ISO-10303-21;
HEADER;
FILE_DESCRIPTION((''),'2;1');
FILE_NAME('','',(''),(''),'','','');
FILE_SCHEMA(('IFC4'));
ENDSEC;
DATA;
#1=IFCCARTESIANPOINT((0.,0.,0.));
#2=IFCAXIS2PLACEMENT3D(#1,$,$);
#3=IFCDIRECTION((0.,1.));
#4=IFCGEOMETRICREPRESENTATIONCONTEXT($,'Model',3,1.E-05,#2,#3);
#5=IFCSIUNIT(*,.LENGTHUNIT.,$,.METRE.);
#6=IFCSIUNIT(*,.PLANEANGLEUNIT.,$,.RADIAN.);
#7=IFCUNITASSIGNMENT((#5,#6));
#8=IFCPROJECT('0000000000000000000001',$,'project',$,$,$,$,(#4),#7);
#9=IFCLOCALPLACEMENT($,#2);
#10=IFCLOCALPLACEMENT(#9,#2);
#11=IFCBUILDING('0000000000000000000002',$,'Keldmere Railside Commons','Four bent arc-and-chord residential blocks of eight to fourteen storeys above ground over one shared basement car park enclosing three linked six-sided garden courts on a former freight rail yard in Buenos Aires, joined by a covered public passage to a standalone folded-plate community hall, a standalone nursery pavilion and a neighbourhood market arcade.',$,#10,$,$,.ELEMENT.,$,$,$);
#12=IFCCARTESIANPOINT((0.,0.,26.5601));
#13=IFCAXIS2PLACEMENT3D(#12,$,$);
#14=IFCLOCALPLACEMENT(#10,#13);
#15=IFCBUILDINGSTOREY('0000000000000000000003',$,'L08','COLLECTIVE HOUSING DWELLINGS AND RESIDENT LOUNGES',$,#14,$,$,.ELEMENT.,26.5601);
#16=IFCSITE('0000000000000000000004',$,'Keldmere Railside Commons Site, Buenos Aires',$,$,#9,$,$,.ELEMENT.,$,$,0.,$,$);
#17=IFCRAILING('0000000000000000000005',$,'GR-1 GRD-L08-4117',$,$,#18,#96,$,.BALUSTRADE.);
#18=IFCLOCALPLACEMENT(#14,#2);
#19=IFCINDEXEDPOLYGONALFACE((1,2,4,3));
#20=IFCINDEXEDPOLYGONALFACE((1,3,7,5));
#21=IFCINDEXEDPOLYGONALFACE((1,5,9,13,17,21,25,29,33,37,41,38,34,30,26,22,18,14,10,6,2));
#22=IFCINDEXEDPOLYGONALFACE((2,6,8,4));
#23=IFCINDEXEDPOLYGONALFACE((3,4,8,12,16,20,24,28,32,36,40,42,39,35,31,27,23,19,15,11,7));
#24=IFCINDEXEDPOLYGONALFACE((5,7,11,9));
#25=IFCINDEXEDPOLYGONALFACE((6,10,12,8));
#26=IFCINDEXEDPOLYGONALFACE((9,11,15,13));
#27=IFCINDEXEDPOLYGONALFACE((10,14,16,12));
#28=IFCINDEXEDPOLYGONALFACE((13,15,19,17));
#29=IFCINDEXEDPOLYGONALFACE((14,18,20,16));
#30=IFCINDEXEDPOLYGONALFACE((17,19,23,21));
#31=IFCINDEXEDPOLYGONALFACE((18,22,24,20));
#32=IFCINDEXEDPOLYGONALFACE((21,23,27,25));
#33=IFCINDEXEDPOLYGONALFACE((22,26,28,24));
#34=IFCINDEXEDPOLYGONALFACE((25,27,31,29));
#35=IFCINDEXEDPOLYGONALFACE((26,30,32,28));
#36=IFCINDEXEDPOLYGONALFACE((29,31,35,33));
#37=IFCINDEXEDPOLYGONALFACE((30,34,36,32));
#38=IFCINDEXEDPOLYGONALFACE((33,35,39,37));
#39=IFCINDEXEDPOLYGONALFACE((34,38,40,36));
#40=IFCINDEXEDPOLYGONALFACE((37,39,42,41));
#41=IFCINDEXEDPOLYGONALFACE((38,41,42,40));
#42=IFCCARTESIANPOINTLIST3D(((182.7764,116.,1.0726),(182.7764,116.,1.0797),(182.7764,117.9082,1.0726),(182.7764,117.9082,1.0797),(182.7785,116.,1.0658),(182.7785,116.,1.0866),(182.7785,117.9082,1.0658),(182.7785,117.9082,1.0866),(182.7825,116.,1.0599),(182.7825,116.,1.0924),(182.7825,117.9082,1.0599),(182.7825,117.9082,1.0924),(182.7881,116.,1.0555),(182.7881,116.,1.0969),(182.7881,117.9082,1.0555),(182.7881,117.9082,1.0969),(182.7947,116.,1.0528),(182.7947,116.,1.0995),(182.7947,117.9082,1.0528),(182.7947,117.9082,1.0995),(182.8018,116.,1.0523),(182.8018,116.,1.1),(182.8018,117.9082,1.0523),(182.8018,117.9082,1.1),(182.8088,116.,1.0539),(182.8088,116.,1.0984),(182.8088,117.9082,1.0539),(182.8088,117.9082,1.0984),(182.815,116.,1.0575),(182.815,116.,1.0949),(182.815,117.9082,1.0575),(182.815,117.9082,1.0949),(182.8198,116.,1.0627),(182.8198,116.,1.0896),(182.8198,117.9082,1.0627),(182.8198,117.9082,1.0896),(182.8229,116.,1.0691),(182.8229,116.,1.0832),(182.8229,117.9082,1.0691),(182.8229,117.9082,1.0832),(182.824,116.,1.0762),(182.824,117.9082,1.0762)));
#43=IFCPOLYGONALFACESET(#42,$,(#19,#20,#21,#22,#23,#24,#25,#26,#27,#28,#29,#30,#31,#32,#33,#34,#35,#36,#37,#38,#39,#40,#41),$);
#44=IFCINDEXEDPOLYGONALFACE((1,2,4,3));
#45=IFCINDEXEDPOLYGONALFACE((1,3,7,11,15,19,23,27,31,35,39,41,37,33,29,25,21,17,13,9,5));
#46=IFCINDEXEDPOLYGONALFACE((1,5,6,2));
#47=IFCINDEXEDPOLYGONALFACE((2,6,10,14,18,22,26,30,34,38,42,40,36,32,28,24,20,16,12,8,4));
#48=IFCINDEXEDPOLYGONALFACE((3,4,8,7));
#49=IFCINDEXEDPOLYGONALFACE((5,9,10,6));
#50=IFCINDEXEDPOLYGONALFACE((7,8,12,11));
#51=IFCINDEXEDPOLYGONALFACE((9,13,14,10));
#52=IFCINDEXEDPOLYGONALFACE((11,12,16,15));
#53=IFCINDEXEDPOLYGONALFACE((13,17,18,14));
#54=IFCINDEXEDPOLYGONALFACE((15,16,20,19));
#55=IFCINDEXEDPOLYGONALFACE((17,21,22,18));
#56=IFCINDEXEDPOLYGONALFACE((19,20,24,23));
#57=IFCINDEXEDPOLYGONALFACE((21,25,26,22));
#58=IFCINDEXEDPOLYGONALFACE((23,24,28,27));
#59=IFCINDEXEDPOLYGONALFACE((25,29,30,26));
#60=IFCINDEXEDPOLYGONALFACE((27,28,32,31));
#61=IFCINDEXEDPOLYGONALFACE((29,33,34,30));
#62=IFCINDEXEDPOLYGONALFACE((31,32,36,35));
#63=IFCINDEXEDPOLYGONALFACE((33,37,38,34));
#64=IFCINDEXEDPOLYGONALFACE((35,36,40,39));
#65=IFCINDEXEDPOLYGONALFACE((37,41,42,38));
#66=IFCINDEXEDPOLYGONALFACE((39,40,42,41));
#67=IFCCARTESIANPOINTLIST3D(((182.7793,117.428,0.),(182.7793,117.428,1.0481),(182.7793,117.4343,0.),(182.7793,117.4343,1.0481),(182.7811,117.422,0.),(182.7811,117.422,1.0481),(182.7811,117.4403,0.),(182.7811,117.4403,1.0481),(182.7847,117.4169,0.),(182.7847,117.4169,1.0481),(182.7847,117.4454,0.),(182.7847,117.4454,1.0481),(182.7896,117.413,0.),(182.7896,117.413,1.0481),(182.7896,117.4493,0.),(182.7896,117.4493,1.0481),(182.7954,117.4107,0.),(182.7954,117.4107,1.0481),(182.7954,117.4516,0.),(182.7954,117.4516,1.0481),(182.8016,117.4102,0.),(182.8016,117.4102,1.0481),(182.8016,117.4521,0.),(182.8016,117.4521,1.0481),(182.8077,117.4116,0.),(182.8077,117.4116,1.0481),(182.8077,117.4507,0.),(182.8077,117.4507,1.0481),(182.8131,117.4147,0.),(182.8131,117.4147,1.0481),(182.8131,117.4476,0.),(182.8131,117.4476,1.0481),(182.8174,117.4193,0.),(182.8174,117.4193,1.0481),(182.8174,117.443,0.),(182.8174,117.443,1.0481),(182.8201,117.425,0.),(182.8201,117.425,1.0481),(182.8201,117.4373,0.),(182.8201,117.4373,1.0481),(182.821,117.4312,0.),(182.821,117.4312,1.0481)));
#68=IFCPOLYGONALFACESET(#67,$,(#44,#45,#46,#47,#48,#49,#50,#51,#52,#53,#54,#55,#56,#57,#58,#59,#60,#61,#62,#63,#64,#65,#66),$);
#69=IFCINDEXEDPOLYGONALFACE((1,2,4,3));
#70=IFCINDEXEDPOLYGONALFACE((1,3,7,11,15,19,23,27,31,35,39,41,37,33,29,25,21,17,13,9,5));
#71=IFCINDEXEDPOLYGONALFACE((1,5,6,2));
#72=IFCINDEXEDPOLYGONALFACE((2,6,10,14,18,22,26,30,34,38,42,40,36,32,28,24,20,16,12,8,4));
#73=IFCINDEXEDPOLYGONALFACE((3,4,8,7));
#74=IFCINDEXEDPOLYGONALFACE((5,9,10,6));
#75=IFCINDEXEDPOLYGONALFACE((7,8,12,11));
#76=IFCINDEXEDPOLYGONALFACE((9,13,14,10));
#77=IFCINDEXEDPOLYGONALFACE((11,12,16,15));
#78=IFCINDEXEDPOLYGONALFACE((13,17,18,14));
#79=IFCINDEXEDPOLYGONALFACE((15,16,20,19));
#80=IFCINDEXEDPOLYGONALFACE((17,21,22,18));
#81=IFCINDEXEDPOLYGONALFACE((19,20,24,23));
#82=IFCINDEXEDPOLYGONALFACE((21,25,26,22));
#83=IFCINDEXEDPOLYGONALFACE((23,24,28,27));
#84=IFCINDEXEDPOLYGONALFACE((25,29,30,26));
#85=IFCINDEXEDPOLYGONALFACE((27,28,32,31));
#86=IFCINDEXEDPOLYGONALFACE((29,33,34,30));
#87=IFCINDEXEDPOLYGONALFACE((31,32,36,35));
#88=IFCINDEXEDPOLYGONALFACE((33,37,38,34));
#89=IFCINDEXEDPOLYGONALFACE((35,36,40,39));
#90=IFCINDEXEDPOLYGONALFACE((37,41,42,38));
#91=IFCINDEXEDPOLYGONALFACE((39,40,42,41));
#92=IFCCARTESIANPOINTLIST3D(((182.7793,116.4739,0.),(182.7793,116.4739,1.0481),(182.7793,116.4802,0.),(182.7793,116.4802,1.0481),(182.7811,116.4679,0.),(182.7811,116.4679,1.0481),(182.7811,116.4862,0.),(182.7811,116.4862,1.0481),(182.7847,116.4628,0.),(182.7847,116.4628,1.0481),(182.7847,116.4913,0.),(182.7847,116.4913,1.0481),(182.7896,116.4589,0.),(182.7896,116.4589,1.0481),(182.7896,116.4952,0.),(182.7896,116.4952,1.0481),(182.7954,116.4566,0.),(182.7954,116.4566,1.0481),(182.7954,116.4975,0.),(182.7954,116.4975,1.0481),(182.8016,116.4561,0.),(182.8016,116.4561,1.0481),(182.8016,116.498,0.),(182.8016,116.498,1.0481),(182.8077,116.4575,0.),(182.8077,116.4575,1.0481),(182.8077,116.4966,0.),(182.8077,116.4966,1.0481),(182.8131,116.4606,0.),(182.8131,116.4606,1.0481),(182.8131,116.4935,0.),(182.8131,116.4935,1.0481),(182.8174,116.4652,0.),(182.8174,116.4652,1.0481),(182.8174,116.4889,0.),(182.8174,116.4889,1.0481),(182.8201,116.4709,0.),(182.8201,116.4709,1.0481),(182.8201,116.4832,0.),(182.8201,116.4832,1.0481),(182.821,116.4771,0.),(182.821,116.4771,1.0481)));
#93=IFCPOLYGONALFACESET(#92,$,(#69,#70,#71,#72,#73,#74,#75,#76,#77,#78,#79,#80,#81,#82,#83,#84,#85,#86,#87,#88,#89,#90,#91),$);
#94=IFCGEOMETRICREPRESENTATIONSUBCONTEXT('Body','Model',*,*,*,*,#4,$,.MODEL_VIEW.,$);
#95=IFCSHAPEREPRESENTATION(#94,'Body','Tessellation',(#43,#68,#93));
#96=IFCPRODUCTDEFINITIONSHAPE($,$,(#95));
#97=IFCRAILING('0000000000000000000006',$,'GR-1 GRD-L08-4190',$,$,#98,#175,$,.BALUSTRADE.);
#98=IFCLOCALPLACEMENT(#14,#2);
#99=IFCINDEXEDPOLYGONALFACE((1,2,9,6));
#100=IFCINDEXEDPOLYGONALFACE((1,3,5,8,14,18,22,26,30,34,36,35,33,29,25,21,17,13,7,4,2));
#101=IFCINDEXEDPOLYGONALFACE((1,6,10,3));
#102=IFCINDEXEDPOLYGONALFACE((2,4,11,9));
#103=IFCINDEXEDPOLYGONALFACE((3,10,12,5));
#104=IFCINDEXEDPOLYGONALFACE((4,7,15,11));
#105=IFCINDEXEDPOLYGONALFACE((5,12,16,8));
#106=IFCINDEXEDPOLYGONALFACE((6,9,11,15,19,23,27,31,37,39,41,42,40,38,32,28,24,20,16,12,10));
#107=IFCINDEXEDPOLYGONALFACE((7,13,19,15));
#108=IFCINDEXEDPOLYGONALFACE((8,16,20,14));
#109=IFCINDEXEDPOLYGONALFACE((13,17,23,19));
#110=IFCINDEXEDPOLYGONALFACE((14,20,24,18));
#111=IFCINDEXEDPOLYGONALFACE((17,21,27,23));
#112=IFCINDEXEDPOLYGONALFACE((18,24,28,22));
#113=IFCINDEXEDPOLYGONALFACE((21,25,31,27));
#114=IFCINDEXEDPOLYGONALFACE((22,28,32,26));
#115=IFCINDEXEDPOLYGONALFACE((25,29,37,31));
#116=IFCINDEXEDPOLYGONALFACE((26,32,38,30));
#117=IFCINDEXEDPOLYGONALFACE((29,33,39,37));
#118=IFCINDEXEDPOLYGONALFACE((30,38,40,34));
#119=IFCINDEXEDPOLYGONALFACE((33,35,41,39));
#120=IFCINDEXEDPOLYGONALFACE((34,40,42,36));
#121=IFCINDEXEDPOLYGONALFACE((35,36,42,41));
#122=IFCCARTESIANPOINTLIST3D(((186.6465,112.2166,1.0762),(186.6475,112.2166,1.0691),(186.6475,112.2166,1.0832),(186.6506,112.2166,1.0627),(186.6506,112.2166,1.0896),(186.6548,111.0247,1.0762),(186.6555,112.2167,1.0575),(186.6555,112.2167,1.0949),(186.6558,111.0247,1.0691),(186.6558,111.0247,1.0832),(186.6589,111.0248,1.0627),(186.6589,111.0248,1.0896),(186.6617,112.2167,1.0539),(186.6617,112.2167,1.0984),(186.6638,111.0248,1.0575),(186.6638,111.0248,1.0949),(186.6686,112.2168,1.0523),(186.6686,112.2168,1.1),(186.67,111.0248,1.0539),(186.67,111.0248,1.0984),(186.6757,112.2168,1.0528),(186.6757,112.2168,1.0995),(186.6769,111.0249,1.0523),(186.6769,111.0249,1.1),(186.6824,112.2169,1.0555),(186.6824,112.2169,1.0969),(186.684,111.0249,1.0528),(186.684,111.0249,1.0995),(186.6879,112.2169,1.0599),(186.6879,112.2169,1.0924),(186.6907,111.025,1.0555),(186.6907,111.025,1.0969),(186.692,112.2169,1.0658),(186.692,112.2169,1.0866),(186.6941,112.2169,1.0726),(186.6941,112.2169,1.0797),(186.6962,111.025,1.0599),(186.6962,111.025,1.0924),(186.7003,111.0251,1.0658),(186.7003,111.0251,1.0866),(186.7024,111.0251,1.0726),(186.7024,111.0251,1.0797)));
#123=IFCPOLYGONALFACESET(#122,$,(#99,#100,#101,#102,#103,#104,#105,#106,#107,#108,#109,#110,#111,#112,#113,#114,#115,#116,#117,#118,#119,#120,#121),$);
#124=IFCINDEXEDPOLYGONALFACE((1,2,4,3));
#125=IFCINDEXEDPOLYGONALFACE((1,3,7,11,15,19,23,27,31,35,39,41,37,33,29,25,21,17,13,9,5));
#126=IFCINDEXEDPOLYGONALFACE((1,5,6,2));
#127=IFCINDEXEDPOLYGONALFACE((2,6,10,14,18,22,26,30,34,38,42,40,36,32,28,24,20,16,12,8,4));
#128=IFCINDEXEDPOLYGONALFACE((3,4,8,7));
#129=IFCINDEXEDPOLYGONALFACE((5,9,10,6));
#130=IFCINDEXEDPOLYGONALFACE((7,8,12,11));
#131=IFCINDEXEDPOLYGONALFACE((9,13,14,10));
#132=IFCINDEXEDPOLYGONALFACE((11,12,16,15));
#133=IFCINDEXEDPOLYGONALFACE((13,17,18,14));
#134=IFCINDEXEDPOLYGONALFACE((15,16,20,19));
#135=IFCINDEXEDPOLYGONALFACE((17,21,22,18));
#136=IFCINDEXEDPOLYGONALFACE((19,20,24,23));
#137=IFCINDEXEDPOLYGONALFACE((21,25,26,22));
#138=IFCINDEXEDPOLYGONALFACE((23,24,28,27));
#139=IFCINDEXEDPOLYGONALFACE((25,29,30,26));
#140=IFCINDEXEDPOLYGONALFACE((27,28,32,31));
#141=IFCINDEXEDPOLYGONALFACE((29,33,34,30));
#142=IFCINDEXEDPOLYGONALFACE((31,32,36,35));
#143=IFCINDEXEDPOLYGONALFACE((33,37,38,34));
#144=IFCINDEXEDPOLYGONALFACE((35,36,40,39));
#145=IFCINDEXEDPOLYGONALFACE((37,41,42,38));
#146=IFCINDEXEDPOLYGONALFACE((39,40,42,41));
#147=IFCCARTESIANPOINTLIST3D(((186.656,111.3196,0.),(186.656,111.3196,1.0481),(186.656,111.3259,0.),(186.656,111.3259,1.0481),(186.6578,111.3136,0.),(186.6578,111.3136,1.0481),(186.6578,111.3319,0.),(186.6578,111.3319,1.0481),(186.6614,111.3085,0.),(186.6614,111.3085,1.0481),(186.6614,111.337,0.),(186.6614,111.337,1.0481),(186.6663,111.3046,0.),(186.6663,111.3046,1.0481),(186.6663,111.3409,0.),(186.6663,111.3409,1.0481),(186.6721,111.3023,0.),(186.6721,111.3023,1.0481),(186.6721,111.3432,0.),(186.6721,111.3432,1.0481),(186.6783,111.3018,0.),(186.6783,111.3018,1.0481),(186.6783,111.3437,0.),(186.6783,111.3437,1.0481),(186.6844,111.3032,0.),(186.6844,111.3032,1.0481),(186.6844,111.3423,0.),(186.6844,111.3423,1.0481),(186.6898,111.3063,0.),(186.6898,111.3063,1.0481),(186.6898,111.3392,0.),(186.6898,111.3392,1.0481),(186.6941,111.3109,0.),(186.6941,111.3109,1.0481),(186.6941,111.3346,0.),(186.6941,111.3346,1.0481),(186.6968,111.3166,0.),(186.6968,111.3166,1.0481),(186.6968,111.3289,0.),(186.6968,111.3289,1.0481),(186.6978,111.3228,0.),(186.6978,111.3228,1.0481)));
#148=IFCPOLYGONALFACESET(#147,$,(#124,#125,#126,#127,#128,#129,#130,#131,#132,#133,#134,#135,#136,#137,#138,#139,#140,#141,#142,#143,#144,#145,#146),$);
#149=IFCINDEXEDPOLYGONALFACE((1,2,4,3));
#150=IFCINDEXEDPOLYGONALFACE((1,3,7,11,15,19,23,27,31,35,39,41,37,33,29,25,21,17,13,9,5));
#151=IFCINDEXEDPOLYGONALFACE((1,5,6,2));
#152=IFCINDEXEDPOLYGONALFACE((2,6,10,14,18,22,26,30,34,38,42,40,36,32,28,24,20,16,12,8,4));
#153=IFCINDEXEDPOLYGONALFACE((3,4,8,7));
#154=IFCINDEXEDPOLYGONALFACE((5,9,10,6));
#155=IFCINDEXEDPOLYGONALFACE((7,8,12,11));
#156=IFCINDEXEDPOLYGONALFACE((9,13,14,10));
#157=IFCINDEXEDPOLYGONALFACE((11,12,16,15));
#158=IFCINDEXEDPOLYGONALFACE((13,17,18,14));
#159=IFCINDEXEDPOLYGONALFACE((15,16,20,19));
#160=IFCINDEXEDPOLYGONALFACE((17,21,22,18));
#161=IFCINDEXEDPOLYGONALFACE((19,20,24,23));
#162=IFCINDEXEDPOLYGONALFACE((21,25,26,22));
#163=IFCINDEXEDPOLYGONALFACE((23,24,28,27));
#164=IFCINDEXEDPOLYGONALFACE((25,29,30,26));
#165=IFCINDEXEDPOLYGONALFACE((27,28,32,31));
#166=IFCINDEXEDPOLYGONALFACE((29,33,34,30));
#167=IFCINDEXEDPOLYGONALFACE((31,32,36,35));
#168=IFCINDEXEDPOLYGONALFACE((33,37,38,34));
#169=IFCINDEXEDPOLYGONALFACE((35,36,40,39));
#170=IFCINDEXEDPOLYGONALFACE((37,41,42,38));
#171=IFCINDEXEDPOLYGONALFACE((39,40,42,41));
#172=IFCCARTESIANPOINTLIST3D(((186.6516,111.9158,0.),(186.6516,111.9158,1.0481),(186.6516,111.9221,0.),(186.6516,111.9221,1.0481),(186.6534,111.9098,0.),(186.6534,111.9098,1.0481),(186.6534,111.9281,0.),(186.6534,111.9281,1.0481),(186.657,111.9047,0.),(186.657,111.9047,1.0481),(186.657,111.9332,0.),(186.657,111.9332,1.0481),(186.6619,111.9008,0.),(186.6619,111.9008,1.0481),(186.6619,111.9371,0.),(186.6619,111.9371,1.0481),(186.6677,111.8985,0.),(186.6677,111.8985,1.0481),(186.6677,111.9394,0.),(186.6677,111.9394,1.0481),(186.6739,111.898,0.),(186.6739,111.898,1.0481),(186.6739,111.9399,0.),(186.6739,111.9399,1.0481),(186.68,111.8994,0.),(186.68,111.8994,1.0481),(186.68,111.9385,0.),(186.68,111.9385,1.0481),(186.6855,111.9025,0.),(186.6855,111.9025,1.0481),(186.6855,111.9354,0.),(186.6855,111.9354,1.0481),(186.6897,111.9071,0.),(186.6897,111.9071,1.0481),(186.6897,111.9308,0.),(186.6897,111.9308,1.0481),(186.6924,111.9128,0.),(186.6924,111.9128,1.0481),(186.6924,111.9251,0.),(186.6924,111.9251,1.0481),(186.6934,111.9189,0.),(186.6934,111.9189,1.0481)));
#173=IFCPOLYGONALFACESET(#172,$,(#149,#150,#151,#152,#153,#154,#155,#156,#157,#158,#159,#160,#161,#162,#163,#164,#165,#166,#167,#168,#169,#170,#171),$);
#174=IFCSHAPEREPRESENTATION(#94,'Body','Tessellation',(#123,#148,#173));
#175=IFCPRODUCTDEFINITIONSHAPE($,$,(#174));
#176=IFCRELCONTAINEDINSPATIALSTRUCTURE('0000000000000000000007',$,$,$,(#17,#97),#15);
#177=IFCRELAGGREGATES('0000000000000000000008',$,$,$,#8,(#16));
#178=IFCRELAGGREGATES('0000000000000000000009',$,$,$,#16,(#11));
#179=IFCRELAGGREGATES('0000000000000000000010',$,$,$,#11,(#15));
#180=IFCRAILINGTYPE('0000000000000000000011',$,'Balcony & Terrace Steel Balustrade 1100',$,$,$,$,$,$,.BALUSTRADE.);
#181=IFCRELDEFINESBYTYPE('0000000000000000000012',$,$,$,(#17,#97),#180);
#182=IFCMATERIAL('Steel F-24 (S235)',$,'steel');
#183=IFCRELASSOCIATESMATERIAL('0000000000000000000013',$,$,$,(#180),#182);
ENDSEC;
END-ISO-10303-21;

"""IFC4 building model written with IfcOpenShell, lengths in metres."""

from ifc_helpers import new_model, si_unit, direction, frame, origin, origin_2d, place, context, subcontext, project, spatial, circle, extrude, material, type_object, element, save


model = new_model("IFC4")

# Units and contexts
model_context = context("Model", 3, precision=1e-05, world=origin(), true_north=direction((0.0, 1.0)))
body_context = subcontext(model_context, "Body", "Model", "MODEL_VIEW")
ifc_project = project(units=[si_unit("LENGTHUNIT", "METRE"), si_unit("PLANEANGLEUNIT", "RADIAN")], contexts=[model_context])

# Site, building, storey
site_placement = place(None, origin())
site = spatial("IfcSite", under=ifc_project, at=site_placement, Name="Keldmere Railside Commons Site, Buenos Aires", CompositionType="ELEMENT", RefElevation=0.0)
building_placement = place(site_placement, origin())
building = spatial("IfcBuilding", under=site, at=building_placement, Name="Keldmere Railside Commons", Description="Four bent arc-and-chord residential blocks of eight to fourteen storeys above ground over one shared basement car park enclosing three linked six-sided garden courts on a former freight rail yard in Buenos Aires, joined by a covered public passage to a standalone folded-plate community hall, a standalone nursery pavilion and a neighbourhood market arcade.", CompositionType="ELEMENT")
storey_placement = place(building_placement, frame((0.0, 0.0, 26.5601)))
storey = spatial("IfcBuildingStorey", under=building, at=storey_placement, Name="L08", Description="COLLECTIVE HOUSING DWELLINGS AND RESIDENT LOUNGES", CompositionType="ELEMENT", Elevation=26.5601)

# Railings
ifc_material_1 = material(Name="Steel F-24 (S235)", Category="steel")
railing_type = type_object("IfcRailingType", Name="Balcony & Terrace Steel Balustrade 1100", PredefinedType="BALUSTRADE", material=ifc_material_1)
railing_1_placement = place(storey_placement, frame((182.8, 117.9082, 0.0)))
element("IfcRailing", 1, at=railing_1_placement, inside=storey, type_object=railing_type, Name="GR-1 GRD-L08-4117", PredefinedType="BALUSTRADE", context=body_context, shape_type="SweptSolid", body=[
    extrude(circle(Radius=0.0239, at=origin_2d()), frame((0.0, 0.0, 1.0762), z_axis=(0.0, -1.0, 0.0), x_axis=(1.0, 0.0, 0.0)), (0.0, 0.0, 1.0), 1.9082),
    extrude(circle(Radius=0.021, at=origin_2d()), frame((0.0, -0.4771, 0.0)), (0.0, 0.0, 1.0), 1.0481),
    extrude(circle(Radius=0.021, at=origin_2d()), frame((0.0, -1.4312, 0.0)), (0.0, 0.0, 1.0), 1.0481),
])
railing_2_placement = place(storey_placement, frame((186.6787, 111.0249, 0.0)))
element("IfcRailing", 2, at=railing_2_placement, inside=storey, type_object=railing_type, Name="GR-1 GRD-L08-4190", PredefinedType="BALUSTRADE", context=body_context, shape_type="SweptSolid", body=[
    extrude(circle(Radius=0.0239, at=origin_2d()), frame((0.0, 0.0, 1.0762), z_axis=(-0.006964, 0.999976, 0.0), x_axis=(-0.999976, -0.006964, 0.0)), (0.0, 0.0, 1.0), 1.1919),
    extrude(circle(Radius=0.021, at=origin_2d()), frame((-0.002, 0.2979, 0.0)), (0.0, 0.0, 1.0), 1.0481),
    extrude(circle(Radius=0.021, at=origin_2d()), frame((-0.0063, 0.894, 0.0)), (0.0, 0.0, 1.0), 1.0481),
])

save(model, "model.ifc")
